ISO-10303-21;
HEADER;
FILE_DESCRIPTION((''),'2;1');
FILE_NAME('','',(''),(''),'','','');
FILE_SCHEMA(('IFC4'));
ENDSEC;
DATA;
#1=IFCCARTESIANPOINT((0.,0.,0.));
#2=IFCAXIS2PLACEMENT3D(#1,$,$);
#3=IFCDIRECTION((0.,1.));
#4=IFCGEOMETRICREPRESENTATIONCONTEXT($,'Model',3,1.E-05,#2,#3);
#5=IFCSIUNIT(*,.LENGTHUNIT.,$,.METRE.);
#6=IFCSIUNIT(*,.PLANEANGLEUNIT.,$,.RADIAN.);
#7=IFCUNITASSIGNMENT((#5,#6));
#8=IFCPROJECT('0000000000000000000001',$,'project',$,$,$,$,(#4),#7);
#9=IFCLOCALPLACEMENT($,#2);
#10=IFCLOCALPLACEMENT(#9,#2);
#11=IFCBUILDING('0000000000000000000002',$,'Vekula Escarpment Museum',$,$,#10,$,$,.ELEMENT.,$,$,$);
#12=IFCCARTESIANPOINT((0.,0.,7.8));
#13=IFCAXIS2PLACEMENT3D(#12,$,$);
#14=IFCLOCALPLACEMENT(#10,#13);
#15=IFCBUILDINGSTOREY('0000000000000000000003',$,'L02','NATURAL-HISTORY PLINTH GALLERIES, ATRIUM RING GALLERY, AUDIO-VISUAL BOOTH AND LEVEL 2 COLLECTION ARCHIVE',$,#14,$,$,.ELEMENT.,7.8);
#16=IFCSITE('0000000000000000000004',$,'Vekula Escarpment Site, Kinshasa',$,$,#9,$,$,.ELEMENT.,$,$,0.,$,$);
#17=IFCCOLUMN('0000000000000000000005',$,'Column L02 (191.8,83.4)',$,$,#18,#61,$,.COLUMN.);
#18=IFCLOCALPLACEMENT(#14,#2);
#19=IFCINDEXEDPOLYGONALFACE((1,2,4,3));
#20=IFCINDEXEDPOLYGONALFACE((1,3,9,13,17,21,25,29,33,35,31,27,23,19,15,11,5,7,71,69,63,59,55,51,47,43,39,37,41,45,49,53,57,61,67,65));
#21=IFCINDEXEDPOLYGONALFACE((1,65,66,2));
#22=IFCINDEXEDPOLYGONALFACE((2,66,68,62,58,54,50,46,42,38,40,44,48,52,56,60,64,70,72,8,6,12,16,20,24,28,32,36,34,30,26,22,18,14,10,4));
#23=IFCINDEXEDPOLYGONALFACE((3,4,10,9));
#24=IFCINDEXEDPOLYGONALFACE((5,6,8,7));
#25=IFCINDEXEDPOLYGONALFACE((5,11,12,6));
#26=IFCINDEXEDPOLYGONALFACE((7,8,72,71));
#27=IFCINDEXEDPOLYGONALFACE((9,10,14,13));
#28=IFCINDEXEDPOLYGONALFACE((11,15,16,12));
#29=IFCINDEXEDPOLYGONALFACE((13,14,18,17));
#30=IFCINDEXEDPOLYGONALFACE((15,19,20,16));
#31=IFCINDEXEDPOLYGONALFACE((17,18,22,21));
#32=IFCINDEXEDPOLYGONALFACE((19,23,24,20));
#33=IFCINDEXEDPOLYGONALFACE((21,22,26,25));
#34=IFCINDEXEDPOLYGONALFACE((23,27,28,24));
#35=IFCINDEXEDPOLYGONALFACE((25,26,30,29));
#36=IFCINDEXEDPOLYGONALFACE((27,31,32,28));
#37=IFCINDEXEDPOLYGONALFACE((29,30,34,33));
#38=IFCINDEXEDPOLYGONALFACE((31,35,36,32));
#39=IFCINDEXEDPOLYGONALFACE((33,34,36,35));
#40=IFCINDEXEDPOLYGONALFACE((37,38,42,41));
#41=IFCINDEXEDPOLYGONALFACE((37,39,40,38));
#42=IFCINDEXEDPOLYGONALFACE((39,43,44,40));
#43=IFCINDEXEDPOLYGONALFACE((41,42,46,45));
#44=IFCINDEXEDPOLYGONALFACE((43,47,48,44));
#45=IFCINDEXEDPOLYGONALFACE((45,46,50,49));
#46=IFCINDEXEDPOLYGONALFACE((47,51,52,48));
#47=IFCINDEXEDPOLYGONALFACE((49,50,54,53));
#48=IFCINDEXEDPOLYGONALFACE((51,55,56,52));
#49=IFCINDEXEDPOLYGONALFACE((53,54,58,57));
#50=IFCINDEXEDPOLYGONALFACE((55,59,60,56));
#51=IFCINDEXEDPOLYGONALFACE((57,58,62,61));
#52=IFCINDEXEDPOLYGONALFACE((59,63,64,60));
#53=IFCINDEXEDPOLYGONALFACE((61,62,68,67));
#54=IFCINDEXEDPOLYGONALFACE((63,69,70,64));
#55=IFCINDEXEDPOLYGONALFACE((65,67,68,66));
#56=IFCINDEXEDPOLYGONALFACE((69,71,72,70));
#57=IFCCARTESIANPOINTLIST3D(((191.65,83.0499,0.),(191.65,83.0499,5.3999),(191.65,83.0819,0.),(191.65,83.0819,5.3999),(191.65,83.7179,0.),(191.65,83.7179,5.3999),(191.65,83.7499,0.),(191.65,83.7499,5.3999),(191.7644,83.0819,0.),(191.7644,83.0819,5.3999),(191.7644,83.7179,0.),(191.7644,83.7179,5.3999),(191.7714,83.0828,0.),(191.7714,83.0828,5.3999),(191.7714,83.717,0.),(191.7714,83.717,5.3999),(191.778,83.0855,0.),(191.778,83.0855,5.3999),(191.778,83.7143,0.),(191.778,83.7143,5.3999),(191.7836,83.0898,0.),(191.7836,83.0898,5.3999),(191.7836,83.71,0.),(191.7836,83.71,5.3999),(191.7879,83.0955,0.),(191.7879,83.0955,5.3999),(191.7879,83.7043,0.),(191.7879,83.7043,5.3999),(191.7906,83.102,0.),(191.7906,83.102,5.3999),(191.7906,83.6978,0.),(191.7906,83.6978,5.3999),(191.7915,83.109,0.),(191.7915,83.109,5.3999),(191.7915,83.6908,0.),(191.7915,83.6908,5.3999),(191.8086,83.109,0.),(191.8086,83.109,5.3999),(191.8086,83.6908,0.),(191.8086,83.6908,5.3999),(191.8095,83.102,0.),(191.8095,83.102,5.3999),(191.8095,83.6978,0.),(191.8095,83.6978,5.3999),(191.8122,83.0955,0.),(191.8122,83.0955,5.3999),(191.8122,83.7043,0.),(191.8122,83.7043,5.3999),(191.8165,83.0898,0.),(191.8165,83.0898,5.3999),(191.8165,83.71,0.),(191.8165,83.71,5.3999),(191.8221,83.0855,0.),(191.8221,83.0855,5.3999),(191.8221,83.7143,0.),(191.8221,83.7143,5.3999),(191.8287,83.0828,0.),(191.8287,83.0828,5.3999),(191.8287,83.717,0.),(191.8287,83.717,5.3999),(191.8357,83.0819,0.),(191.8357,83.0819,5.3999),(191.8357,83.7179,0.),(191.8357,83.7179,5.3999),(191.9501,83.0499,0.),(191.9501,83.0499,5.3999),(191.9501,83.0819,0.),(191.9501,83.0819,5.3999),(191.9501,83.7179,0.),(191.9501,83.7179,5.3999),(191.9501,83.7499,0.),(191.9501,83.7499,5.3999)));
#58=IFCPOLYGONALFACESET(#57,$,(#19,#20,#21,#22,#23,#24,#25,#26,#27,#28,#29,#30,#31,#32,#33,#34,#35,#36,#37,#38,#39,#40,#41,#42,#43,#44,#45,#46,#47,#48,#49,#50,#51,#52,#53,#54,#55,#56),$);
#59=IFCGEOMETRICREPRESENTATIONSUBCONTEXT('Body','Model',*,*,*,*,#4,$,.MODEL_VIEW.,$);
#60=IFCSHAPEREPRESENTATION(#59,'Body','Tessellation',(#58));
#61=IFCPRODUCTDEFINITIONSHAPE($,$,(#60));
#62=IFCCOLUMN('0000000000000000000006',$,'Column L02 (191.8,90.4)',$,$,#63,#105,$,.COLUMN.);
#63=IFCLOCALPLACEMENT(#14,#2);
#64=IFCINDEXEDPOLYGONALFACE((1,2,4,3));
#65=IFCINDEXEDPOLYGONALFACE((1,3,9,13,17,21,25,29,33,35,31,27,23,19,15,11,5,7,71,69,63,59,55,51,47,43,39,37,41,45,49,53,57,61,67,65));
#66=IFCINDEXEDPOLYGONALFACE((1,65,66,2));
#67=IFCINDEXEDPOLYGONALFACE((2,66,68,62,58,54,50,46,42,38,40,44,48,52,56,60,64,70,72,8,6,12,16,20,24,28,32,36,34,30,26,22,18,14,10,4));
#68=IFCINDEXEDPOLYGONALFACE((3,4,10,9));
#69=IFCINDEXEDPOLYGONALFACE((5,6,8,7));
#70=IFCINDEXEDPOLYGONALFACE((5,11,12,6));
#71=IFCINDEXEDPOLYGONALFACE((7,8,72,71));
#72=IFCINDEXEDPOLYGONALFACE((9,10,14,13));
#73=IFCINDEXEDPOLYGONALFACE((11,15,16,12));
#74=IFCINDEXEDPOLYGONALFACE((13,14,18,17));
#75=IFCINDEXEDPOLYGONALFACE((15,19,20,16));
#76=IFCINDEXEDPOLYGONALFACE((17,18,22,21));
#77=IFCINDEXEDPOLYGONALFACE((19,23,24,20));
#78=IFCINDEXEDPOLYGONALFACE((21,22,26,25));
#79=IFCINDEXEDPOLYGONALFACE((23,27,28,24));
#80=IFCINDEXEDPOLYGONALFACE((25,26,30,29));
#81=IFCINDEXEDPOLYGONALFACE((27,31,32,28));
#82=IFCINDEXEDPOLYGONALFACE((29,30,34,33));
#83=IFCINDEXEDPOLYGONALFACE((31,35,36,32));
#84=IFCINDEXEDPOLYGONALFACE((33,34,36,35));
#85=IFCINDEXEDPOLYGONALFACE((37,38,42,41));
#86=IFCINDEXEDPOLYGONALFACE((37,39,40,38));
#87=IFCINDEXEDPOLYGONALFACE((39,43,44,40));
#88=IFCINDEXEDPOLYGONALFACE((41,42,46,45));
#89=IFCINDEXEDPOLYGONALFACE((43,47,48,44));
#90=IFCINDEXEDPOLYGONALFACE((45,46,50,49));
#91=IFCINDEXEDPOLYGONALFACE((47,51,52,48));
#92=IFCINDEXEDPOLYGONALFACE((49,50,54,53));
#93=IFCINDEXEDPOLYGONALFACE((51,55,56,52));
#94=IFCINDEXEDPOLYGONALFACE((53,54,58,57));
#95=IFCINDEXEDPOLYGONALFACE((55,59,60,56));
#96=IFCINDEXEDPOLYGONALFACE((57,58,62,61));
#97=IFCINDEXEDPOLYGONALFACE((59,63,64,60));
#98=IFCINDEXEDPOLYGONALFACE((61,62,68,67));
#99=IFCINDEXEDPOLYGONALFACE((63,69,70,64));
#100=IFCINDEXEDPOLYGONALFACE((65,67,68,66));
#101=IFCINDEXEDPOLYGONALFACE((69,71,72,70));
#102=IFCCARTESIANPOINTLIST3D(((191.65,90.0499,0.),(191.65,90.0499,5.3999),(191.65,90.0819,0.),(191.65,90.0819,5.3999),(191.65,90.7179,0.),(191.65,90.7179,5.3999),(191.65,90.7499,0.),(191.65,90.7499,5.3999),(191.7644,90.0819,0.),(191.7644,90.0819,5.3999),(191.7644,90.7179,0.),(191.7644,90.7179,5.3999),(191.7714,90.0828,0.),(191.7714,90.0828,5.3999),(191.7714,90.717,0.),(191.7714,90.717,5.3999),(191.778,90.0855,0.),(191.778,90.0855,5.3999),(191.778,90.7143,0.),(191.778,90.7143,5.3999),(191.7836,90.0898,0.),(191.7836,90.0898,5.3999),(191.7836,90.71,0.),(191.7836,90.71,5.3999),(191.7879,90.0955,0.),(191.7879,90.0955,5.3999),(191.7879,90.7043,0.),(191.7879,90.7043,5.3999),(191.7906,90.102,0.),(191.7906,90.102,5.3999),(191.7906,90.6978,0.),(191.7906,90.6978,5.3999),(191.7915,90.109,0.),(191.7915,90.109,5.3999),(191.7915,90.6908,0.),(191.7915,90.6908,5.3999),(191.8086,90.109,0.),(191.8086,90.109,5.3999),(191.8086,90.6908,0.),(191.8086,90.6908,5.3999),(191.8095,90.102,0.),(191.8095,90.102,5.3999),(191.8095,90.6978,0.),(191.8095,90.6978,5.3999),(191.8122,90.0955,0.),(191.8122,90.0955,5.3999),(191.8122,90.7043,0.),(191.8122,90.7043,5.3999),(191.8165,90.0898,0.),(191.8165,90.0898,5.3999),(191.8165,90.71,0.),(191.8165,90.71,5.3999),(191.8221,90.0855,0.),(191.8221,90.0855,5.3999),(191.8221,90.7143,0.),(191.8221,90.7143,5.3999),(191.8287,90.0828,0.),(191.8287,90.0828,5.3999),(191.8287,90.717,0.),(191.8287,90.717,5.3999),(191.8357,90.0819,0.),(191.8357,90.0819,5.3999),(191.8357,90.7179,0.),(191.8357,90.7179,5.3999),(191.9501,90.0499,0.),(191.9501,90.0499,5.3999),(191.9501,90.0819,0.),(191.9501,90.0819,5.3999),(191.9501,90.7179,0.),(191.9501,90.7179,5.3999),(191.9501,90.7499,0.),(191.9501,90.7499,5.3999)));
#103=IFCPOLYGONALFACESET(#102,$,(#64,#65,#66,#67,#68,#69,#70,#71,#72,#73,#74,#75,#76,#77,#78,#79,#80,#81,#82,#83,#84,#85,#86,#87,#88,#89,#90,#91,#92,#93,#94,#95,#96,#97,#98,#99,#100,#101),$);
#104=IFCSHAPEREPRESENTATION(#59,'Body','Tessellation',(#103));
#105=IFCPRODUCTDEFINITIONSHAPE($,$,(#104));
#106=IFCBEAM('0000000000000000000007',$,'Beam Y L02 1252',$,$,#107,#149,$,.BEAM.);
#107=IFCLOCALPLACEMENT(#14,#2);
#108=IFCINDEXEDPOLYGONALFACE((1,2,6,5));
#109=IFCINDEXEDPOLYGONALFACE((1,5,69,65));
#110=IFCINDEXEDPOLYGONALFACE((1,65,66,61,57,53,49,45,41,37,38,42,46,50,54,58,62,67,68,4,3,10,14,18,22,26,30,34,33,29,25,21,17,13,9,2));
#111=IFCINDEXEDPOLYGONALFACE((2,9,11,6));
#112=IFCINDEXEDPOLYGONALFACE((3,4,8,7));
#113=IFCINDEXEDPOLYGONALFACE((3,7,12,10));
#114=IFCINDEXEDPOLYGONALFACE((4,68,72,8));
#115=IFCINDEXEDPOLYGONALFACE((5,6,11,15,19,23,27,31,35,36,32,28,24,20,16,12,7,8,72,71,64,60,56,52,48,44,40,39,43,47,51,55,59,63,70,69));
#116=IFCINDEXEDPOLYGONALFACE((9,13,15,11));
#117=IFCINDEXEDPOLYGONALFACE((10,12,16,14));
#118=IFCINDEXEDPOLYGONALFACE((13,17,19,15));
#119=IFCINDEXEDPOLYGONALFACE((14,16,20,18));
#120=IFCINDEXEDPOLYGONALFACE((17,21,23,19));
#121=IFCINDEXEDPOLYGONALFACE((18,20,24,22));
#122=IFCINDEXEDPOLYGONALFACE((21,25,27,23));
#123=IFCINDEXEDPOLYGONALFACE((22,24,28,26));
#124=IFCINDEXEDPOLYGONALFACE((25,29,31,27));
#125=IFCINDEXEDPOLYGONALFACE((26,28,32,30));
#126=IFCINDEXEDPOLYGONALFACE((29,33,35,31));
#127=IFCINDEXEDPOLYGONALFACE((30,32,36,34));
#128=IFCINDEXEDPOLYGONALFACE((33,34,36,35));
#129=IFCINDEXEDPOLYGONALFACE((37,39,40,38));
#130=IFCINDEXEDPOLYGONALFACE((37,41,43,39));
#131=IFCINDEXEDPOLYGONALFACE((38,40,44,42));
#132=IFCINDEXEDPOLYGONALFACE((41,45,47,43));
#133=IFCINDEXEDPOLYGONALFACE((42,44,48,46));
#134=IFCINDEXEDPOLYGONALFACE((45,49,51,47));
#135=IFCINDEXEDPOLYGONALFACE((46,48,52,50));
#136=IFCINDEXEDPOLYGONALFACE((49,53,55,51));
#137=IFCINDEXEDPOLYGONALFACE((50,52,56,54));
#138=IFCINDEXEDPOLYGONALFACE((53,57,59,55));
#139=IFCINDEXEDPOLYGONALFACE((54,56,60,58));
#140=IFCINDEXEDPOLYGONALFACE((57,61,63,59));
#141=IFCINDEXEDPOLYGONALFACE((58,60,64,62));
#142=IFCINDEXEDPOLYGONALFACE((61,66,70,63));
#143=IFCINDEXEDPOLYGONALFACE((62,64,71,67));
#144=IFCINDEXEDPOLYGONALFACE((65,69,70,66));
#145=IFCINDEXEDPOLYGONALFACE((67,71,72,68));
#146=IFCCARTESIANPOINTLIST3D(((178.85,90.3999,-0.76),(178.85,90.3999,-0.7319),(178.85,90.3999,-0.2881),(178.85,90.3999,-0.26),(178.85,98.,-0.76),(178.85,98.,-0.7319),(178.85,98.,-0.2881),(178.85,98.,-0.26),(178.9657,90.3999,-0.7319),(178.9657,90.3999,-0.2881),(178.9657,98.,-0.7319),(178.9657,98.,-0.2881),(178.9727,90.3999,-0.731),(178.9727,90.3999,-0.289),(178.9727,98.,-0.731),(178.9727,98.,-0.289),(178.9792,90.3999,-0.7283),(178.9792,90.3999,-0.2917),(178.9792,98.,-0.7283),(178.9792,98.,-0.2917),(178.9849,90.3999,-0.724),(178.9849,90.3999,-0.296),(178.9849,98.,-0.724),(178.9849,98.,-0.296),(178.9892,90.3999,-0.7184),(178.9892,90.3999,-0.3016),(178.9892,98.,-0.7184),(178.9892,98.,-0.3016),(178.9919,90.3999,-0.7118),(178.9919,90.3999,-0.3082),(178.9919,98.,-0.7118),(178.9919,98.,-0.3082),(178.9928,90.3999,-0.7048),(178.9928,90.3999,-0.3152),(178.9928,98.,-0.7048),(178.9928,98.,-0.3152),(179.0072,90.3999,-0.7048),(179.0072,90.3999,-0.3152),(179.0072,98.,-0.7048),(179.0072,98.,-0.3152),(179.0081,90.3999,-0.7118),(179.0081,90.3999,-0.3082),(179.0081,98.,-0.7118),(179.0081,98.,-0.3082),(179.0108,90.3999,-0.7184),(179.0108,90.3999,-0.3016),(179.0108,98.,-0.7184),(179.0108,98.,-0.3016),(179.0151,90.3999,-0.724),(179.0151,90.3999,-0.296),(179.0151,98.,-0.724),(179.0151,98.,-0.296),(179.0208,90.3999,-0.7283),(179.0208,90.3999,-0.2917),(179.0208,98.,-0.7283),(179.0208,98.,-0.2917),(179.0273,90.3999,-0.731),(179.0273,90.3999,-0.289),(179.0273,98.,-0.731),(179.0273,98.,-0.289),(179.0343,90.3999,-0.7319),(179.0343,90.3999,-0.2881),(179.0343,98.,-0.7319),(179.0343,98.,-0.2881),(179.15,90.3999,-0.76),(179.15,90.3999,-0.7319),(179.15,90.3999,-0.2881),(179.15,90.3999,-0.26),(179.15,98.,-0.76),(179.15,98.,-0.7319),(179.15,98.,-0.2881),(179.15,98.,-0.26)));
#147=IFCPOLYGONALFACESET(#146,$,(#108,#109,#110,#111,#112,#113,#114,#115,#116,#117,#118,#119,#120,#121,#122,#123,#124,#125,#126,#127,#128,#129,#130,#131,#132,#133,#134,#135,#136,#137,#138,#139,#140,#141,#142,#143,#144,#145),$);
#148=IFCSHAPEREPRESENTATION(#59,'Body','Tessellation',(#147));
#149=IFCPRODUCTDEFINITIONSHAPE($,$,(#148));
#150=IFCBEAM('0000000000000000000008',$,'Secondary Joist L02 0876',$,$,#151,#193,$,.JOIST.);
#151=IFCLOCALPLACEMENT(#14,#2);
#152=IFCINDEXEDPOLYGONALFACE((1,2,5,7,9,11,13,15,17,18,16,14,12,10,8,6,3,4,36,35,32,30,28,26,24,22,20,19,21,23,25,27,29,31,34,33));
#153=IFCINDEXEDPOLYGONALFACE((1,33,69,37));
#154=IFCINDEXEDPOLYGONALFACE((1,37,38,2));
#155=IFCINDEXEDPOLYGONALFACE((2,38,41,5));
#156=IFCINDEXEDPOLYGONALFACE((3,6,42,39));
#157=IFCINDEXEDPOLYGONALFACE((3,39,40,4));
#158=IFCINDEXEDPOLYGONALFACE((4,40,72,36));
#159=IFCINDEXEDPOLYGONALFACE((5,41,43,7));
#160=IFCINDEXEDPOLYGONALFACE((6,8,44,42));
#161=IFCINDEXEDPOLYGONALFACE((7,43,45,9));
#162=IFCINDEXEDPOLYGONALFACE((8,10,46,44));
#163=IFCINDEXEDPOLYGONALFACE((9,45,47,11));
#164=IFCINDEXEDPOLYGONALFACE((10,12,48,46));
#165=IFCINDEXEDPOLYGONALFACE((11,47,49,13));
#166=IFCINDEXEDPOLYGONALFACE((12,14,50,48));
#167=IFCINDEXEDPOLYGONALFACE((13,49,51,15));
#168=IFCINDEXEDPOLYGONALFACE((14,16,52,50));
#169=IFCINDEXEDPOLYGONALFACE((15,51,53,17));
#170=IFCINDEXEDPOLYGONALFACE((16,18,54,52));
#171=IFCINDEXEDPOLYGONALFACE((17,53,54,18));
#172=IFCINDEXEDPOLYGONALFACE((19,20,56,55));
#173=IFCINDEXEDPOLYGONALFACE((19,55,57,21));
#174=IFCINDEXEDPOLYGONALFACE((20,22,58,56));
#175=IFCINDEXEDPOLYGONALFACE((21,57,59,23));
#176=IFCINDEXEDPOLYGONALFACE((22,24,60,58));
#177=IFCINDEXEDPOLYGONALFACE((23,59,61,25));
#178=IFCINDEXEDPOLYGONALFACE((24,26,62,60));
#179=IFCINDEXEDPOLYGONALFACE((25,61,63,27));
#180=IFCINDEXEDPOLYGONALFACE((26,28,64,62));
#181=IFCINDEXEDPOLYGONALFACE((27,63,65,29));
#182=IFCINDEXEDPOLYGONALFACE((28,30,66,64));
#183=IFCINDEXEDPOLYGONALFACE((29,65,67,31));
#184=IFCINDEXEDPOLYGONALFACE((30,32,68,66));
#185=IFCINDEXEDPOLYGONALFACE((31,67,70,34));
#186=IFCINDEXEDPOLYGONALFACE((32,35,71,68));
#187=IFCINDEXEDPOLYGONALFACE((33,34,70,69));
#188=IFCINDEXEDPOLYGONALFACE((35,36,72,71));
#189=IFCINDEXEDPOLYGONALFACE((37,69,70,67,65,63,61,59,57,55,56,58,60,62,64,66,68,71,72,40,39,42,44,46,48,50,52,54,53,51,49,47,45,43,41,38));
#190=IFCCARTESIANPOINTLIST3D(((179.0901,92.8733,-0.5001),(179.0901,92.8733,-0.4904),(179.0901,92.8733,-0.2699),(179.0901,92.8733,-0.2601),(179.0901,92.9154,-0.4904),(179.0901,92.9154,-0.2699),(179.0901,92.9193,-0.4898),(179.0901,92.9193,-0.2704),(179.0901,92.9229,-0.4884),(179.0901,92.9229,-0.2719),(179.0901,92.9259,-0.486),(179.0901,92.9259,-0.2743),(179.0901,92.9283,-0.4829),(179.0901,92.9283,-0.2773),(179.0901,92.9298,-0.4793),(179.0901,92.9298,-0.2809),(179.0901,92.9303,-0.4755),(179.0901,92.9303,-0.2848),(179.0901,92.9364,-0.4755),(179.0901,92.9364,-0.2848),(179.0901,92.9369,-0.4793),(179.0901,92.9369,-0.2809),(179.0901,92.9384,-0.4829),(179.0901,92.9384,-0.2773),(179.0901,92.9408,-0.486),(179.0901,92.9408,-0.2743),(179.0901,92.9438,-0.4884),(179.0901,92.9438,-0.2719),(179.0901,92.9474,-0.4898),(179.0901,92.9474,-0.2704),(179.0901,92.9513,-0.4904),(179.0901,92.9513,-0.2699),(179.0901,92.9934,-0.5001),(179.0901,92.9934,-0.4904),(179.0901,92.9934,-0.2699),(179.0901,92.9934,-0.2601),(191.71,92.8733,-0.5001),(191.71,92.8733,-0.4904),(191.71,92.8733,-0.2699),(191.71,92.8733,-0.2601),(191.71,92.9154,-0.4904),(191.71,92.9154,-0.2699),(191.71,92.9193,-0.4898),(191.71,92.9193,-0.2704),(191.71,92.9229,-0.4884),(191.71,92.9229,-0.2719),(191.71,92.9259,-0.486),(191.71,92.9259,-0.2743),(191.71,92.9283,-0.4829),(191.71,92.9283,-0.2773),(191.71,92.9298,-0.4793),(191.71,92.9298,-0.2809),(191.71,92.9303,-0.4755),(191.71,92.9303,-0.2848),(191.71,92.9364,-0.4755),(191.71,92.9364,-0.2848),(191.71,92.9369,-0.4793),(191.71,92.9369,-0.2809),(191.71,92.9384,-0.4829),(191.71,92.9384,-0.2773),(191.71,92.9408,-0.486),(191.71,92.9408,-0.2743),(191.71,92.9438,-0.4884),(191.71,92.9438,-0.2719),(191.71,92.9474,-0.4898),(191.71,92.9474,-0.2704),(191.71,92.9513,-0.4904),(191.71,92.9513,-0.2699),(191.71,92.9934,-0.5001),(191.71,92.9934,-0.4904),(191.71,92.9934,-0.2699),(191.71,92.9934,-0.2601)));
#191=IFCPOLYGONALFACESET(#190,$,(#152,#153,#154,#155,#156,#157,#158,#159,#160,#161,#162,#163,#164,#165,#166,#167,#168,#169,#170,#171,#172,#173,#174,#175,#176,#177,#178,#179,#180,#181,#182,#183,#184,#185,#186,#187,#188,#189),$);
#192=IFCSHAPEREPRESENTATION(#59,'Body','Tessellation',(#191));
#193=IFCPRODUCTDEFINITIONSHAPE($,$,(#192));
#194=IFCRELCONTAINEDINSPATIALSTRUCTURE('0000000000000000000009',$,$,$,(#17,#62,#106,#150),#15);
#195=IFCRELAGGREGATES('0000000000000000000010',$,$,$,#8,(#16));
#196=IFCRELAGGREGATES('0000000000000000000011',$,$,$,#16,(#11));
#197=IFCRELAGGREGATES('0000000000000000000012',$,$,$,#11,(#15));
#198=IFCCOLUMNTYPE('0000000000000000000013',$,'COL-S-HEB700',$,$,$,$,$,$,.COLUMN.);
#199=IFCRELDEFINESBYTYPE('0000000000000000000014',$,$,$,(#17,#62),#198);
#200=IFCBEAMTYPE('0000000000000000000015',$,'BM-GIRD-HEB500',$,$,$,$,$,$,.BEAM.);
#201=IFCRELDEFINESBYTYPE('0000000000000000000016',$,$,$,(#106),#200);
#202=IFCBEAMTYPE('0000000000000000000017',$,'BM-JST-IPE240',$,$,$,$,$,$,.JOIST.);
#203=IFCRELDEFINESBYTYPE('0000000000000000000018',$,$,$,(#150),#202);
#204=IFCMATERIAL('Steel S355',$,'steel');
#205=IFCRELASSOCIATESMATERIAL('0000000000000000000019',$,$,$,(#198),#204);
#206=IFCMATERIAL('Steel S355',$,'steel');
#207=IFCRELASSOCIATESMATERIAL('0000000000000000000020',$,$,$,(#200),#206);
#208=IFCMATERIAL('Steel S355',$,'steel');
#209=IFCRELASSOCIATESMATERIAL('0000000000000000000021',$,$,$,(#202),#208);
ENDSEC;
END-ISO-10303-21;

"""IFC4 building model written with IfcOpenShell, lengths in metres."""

from ifc_helpers import new_model, si_unit, direction, frame, origin, origin_2d, place, context, subcontext, project, spatial, i_section, extrude, material, material_profile, profile_set, type_object, element, save


model = new_model("IFC4")

# Units and contexts
model_context = context("Model", 3, precision=1e-05, world=origin(), true_north=direction((0.0, 1.0)))
body_context = subcontext(model_context, "Body", "Model", "MODEL_VIEW")
ifc_project = project(units=[si_unit("LENGTHUNIT", "METRE"), si_unit("PLANEANGLEUNIT", "RADIAN")], contexts=[model_context])

# Site, building, storey
site_placement = place(None, origin())
site = spatial("IfcSite", under=ifc_project, at=site_placement, Name="Vekula Escarpment Site, Kinshasa", CompositionType="ELEMENT", RefElevation=0.0)
building_placement = place(site_placement, origin())
building = spatial("IfcBuilding", under=site, at=building_placement, Name="Vekula Escarpment Museum", CompositionType="ELEMENT")
storey_placement = place(building_placement, frame((0.0, 0.0, 7.8)))
storey = spatial("IfcBuildingStorey", under=building, at=storey_placement, Name="L02", Description="NATURAL-HISTORY PLINTH GALLERIES, ATRIUM RING GALLERY, AUDIO-VISUAL BOOTH AND LEVEL 2 COLLECTION ARCHIVE", CompositionType="ELEMENT", Elevation=7.8)

# Columns
ifc_material_1 = material(Name="Steel S355", Category="steel")
ifc_material_profile_1 = material_profile(ifc_material_1, i_section(OverallWidth=0.3, OverallDepth=0.7, WebThickness=0.0171, FlangeThickness=0.032, FilletRadius=0.0271, at=origin_2d()), Name="HEB 700")
ifc_profile_set_1 = profile_set([ifc_material_profile_1], Name="Steel S355")
column_type = type_object("IfcColumnType", Name="COL-S-HEB700", PredefinedType="COLUMN", material=ifc_profile_set_1)
for number, where, z_axis, x_axis, name in (
    (1, (191.8, 83.3999, 0.0), (0.0, 0.0, 1.0), (1.0, 0.0, 0.0), "Column L02 (191.8,83.4)"),
    (2, (191.8, 90.3999, 0.0), (0.0, 0.0, 1.0), (1.0, 0.0, 0.0), "Column L02 (191.8,90.4)"),
):
    element("IfcColumn", number, at=place(storey_placement, frame(where, z_axis=z_axis, x_axis=x_axis)), inside=storey, type_object=column_type, Name=name, PredefinedType="COLUMN", context=body_context, shape_type="SweptSolid", body=[
        extrude(i_section(OverallWidth=0.3, OverallDepth=0.7, WebThickness=0.0171, FlangeThickness=0.032, FilletRadius=0.0271, at=origin_2d()), origin(), (0.0, 0.0, 1.0), 5.3999),
    ])

# Beams
ifc_material_2 = material(Name="Steel S355", Category="steel")
ifc_material_profile_2 = material_profile(ifc_material_2, i_section(OverallWidth=0.3, OverallDepth=0.5, WebThickness=0.0144, FlangeThickness=0.0281, FilletRadius=0.0271, at=origin_2d()), Name="HEB 500")
ifc_profile_set_2 = profile_set([ifc_material_profile_2], Name="Steel S355")
beam_type_1 = type_object("IfcBeamType", Name="BM-GIRD-HEB500", PredefinedType="BEAM", material=ifc_profile_set_2)
beam_1_placement = place(storey_placement, frame((179.0, 90.3999, -0.51), z_axis=(0.0, 1.0, 0.0), x_axis=(-1.0, 0.0, 0.0)))
element("IfcBeam", 3, at=beam_1_placement, inside=storey, type_object=beam_type_1, Name="Beam Y L02 1252", PredefinedType="BEAM", context=body_context, shape_type="SweptSolid", body=[
    extrude(i_section(OverallWidth=0.3, OverallDepth=0.5, WebThickness=0.0144, FlangeThickness=0.0281, FilletRadius=0.0271, at=origin_2d()), origin(), (0.0, 0.0, 1.0), 7.6001),
])
ifc_material_3 = material(Name="Steel S355", Category="steel")
ifc_material_profile_3 = material_profile(ifc_material_3, i_section(OverallWidth=0.1201, OverallDepth=0.24, WebThickness=0.0061, FlangeThickness=0.0098, FilletRadius=0.0149, at=origin_2d()), Name="IPE 240")
ifc_profile_set_3 = profile_set([ifc_material_profile_3], Name="Steel S355")
beam_type_2 = type_object("IfcBeamType", Name="BM-JST-IPE240", PredefinedType="JOIST", material=ifc_profile_set_3)
beam_2_placement = place(storey_placement, frame((179.0901, 92.9333, -0.3801), z_axis=(1.0, 0.0, 0.0), x_axis=(0.0, 1.0, 0.0)))
element("IfcBeam", 4, at=beam_2_placement, inside=storey, type_object=beam_type_2, Name="Secondary Joist L02 0876", PredefinedType="JOIST", context=body_context, shape_type="SweptSolid", body=[
    extrude(i_section(OverallWidth=0.1201, OverallDepth=0.24, WebThickness=0.0061, FlangeThickness=0.0098, FilletRadius=0.0149, at=origin_2d()), origin(), (0.0, 0.0, 1.0), 12.6199),
])

save(model, "model.ifc")
